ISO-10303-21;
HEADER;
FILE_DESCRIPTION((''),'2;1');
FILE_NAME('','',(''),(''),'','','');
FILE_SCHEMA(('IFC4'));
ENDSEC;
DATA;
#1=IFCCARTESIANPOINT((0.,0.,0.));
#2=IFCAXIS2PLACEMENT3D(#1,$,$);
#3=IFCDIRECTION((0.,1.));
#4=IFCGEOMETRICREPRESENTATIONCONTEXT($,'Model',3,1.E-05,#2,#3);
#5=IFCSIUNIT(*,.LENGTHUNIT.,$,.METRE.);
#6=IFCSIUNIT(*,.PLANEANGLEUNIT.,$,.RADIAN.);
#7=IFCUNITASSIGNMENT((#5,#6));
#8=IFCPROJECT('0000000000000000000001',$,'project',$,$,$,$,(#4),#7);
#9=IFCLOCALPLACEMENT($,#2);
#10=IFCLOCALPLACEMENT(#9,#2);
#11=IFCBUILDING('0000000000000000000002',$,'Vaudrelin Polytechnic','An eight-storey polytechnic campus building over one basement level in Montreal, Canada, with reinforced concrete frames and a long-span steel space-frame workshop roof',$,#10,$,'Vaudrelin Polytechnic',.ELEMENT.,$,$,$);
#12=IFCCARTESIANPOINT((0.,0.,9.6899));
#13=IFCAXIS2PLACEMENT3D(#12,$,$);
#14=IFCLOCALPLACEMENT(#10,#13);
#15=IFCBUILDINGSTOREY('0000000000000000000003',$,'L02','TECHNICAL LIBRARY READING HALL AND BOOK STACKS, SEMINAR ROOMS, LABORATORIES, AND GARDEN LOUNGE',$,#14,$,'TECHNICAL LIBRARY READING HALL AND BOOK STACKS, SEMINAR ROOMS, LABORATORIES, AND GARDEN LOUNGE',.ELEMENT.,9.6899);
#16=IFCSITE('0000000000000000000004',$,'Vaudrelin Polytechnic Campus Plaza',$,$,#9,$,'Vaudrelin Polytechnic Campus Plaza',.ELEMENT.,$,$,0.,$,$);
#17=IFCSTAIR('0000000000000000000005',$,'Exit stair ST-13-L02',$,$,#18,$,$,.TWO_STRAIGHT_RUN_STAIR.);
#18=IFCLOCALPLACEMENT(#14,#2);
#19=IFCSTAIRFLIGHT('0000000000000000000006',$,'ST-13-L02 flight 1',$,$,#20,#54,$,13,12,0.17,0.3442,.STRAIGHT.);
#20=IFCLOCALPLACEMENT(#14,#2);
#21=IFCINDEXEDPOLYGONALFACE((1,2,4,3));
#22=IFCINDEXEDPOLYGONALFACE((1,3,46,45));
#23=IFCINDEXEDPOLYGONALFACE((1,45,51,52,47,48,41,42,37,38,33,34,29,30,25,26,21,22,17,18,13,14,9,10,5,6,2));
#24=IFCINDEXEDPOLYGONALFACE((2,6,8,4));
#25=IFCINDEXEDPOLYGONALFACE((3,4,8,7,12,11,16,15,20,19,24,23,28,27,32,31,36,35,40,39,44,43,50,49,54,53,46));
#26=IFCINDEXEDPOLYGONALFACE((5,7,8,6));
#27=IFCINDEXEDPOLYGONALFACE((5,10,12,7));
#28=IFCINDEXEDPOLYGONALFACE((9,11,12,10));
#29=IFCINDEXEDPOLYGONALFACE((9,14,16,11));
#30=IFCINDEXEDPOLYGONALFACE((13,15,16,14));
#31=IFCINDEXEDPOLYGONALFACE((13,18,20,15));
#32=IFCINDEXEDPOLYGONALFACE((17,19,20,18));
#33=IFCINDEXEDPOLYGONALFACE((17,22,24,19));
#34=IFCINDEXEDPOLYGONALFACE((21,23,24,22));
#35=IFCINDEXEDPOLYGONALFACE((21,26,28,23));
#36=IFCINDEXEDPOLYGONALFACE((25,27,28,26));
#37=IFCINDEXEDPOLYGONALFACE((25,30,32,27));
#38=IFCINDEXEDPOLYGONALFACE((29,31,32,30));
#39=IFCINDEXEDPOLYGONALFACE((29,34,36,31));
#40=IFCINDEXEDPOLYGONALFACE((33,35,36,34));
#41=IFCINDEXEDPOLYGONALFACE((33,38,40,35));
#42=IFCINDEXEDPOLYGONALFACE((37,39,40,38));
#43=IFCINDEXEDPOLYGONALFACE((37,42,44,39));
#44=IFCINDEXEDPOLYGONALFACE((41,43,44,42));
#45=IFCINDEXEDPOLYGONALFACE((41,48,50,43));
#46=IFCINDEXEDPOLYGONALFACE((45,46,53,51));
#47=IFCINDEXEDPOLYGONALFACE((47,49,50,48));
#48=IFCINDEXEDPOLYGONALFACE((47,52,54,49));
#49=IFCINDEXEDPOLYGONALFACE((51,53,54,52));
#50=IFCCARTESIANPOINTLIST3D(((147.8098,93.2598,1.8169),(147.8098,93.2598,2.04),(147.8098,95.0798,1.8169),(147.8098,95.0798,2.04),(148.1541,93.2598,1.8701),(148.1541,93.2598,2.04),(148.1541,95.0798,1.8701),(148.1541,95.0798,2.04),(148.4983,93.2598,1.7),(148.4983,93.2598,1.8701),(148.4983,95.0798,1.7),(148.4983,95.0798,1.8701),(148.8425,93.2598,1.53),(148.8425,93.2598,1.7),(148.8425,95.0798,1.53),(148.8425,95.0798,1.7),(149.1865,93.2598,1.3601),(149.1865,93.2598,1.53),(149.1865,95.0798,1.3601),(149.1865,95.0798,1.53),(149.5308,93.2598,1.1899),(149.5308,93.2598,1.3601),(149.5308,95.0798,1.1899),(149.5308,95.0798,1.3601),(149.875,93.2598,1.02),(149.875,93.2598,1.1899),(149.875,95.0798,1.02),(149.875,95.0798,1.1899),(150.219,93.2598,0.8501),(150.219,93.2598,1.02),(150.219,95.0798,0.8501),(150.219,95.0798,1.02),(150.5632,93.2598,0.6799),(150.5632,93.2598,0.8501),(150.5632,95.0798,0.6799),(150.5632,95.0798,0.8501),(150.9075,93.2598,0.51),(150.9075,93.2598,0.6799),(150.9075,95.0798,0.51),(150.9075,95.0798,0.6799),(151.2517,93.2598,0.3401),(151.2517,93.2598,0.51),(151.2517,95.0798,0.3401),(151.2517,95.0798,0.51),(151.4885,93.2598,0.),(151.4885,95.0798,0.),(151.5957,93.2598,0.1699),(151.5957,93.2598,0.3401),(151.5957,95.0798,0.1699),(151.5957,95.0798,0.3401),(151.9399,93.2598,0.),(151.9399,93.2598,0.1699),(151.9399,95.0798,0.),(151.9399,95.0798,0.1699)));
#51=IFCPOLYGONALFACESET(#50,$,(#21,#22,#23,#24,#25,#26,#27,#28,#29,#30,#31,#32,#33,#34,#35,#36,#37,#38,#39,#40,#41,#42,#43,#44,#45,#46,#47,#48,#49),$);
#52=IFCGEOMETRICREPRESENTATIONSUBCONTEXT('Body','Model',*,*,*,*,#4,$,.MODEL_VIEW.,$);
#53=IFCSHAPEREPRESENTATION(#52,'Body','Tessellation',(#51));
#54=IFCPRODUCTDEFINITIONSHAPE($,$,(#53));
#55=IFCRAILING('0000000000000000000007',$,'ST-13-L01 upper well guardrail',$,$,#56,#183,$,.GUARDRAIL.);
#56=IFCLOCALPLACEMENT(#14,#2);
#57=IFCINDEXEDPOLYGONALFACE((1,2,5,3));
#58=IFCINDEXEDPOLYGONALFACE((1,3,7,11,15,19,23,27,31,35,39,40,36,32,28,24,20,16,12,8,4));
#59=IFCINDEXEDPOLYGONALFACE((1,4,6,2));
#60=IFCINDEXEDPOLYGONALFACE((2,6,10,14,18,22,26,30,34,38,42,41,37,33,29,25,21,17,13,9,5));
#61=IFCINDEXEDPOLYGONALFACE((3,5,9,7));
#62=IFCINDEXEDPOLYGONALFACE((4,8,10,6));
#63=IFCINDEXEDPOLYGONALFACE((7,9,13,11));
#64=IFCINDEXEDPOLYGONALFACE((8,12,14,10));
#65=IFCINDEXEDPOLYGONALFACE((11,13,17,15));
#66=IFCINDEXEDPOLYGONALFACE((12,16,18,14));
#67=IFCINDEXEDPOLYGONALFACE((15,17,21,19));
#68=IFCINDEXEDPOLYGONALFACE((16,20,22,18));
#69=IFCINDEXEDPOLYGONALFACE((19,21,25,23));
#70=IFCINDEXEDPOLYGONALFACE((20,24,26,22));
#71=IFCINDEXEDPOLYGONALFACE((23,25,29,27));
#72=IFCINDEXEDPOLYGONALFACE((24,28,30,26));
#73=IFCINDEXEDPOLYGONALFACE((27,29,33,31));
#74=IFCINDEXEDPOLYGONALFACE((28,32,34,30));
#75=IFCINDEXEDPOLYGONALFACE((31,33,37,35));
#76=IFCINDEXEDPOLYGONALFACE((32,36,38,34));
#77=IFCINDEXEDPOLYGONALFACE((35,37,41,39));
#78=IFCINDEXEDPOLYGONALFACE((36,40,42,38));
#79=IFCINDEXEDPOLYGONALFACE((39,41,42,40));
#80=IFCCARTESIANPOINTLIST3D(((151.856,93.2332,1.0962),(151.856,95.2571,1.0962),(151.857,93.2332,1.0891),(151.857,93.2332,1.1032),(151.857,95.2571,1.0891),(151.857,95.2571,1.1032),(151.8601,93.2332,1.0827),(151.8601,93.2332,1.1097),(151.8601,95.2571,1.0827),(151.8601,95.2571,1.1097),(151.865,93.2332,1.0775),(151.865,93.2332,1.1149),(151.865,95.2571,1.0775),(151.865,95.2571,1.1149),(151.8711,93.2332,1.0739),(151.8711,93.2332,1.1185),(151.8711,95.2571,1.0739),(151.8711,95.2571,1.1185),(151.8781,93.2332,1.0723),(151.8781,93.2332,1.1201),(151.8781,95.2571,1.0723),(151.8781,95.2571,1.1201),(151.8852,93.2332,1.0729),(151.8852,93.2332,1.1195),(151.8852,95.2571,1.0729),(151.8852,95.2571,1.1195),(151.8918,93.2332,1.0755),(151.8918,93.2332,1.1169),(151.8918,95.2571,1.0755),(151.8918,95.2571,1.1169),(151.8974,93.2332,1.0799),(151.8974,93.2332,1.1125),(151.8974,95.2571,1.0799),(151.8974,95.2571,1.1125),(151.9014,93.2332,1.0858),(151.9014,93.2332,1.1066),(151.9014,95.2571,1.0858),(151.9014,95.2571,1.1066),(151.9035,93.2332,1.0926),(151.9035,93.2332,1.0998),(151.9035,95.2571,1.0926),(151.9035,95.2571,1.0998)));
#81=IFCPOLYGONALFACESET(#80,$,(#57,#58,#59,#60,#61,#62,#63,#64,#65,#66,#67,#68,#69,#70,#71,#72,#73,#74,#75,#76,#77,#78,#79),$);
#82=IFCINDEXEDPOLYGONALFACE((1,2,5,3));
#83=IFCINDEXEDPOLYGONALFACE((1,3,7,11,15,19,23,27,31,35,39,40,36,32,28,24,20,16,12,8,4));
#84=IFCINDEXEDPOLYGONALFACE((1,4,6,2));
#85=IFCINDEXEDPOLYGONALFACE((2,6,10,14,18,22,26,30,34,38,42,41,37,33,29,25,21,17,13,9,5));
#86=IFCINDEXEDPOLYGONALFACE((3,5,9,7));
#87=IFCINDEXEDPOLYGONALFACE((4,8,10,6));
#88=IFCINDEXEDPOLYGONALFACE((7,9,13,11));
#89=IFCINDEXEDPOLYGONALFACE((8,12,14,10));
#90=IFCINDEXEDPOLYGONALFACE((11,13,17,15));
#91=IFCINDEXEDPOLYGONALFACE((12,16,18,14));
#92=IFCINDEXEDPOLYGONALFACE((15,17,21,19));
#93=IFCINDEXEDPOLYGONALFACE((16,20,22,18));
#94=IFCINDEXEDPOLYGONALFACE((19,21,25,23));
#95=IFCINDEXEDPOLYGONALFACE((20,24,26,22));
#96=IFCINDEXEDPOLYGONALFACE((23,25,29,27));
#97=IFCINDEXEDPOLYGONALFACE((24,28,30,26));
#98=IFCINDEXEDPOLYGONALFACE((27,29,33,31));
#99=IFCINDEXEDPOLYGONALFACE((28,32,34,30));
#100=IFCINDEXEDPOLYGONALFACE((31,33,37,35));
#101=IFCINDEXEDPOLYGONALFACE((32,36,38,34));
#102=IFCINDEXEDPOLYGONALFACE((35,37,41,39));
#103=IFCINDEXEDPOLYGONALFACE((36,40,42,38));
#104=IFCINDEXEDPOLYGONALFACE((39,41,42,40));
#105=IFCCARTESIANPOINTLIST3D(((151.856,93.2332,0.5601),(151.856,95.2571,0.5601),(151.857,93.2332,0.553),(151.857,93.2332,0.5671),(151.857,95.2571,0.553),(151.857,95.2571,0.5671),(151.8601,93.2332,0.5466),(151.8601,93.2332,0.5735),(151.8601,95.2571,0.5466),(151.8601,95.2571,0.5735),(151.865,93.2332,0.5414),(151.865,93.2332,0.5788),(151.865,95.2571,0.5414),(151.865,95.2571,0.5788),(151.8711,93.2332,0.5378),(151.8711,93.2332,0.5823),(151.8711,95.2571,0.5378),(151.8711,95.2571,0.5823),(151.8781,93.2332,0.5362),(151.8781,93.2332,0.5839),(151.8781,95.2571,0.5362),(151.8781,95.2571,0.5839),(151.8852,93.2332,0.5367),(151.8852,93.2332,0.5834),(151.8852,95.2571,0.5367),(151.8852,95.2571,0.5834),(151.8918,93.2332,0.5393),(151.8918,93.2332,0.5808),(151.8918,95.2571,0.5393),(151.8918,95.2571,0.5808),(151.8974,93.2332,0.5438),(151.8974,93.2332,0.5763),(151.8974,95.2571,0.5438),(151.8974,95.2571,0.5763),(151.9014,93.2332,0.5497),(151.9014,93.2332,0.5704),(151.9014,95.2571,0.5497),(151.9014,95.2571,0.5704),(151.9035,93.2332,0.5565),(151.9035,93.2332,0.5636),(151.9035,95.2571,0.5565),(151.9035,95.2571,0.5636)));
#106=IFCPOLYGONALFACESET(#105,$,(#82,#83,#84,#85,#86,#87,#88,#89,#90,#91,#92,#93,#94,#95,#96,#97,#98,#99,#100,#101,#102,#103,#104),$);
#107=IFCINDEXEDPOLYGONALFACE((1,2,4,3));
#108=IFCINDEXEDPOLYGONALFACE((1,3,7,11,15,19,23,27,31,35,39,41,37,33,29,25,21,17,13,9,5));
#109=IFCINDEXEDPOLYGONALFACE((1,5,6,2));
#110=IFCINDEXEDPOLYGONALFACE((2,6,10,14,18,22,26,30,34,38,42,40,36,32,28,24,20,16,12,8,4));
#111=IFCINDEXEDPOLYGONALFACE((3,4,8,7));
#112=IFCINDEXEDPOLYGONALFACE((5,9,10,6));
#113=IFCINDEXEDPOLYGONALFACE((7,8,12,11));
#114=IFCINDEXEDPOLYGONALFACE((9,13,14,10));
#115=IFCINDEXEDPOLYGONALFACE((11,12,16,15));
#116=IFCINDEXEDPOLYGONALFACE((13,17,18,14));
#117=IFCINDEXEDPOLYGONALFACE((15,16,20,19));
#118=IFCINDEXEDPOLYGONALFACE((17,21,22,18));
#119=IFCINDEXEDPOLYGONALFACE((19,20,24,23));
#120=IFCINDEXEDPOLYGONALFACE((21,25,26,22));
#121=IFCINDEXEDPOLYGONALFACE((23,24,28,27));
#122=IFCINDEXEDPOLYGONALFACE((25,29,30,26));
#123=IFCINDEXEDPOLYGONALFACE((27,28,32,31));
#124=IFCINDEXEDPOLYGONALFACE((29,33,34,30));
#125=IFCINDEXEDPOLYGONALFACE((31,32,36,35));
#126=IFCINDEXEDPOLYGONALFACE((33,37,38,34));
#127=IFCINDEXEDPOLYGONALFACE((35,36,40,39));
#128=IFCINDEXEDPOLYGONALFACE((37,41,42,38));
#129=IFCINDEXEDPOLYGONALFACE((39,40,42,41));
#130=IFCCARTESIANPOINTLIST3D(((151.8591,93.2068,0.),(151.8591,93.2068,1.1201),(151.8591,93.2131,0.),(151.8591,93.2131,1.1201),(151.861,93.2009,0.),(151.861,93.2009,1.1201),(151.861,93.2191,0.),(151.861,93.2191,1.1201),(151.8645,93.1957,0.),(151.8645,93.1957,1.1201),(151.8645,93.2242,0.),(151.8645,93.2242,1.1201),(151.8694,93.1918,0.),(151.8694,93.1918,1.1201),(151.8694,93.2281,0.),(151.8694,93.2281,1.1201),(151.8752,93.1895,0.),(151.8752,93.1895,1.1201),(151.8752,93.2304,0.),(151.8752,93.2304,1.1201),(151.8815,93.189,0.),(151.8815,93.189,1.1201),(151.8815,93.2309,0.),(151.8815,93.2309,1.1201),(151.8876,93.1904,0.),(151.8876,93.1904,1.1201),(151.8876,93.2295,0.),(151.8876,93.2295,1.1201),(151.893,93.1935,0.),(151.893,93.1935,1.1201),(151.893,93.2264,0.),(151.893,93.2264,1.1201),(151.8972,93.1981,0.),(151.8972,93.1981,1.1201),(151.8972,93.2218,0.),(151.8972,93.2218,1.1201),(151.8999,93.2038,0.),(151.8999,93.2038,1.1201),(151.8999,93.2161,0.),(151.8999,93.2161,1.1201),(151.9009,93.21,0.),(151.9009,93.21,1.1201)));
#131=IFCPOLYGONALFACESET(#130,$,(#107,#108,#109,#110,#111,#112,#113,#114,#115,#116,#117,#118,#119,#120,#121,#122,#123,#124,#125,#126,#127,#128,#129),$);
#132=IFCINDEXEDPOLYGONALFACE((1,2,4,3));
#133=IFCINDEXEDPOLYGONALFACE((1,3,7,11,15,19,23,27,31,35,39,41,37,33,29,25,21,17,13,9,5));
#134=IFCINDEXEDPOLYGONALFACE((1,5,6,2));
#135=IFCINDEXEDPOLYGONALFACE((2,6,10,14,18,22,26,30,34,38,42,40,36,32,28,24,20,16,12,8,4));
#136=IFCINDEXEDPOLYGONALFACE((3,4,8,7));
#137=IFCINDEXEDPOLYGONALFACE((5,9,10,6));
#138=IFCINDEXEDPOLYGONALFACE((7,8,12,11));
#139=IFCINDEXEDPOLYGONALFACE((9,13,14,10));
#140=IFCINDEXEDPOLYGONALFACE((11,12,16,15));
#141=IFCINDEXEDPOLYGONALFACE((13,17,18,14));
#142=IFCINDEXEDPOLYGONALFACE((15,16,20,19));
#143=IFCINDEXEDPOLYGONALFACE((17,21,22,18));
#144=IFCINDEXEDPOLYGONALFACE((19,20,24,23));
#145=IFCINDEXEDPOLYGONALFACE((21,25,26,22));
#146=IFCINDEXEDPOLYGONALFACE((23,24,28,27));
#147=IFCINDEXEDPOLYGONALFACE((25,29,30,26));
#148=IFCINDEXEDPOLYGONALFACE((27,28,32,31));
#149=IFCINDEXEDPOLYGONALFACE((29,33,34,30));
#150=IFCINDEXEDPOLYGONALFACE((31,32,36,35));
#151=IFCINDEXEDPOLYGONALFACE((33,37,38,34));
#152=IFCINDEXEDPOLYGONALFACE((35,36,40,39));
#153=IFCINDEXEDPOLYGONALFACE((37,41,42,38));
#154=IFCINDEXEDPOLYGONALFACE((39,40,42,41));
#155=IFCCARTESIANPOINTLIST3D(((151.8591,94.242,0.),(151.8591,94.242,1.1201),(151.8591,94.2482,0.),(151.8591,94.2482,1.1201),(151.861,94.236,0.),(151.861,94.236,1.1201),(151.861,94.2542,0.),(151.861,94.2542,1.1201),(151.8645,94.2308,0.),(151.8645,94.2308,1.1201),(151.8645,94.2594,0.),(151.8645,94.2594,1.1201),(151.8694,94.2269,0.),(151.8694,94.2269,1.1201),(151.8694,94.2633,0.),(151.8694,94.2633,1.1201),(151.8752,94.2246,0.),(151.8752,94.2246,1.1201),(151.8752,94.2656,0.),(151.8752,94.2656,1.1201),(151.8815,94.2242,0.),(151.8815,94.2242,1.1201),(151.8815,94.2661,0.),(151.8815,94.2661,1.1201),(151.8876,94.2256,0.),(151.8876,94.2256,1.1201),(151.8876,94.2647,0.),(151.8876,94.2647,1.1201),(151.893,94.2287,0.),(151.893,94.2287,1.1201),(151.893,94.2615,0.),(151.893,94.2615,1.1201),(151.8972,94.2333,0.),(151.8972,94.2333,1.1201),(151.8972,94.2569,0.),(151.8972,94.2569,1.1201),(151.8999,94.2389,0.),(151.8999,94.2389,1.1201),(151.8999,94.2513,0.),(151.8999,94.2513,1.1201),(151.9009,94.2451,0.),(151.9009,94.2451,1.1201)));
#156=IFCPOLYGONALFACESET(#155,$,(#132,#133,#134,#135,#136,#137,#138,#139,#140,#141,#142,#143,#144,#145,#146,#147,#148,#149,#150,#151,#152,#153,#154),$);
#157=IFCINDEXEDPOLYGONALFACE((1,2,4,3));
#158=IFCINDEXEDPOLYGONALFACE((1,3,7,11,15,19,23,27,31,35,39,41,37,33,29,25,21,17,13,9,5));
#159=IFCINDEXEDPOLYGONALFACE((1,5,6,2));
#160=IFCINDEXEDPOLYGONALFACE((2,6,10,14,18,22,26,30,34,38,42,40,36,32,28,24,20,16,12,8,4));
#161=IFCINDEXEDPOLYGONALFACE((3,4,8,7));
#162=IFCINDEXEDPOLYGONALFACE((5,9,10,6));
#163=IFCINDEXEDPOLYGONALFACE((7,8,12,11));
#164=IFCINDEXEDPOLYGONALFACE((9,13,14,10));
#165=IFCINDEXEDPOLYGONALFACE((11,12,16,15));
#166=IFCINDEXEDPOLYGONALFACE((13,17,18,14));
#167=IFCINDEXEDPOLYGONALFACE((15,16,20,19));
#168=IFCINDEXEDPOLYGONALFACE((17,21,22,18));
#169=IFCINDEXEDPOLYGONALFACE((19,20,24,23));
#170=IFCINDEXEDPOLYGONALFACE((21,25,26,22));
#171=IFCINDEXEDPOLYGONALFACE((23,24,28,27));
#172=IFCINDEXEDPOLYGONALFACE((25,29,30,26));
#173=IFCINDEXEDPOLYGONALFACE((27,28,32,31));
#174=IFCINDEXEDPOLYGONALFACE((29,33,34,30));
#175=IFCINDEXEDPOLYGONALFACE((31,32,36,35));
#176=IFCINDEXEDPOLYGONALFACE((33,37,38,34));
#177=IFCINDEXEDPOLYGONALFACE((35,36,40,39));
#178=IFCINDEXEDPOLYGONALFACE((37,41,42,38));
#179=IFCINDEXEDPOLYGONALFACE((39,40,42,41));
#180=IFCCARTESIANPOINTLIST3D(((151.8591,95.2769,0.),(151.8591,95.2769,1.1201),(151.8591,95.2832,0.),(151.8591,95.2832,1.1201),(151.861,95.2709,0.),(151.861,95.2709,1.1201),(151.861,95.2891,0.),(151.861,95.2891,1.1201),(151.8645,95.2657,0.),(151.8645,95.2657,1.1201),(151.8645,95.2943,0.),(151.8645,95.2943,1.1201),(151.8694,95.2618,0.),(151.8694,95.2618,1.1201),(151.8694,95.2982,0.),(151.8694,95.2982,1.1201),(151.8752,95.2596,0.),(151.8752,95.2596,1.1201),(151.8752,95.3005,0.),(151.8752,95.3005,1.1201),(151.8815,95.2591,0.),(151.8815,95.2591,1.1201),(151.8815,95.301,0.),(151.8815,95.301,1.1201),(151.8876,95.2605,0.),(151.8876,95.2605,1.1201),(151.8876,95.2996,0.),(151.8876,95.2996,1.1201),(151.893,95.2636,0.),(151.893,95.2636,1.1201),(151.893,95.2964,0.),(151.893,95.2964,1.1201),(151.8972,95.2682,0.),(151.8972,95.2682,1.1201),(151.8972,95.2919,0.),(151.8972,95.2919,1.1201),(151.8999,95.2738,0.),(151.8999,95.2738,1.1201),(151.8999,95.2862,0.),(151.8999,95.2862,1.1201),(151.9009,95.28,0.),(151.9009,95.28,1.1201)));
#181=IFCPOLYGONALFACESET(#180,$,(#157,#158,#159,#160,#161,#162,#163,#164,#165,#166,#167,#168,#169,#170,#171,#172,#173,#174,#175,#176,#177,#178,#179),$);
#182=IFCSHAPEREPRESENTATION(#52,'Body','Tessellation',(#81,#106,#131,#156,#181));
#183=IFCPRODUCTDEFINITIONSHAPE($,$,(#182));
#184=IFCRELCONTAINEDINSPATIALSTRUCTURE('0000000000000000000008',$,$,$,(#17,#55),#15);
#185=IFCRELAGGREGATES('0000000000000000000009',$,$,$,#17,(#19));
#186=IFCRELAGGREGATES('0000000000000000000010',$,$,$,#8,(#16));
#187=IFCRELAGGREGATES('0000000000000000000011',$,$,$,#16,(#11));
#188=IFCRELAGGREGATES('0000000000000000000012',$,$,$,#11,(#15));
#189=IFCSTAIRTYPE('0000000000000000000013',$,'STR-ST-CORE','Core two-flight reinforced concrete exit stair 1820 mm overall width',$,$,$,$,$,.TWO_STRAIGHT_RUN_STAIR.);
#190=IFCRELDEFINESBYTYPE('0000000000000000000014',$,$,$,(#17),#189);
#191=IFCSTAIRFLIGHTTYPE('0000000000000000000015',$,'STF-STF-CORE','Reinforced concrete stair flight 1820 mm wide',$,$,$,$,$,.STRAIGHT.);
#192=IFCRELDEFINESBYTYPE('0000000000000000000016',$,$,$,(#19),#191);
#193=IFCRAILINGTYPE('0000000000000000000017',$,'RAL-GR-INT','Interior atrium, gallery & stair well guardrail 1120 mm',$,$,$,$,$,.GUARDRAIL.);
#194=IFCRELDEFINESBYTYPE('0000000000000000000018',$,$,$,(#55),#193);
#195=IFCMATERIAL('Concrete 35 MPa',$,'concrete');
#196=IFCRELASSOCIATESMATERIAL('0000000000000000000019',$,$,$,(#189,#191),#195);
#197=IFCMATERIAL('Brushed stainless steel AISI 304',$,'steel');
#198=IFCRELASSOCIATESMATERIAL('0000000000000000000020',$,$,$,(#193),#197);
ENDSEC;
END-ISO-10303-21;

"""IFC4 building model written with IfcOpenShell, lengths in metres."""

from ifc_helpers import new_model, si_unit, direction, frame, origin, origin_2d, place, context, subcontext, project, spatial, polyline, circle, outline, extrude, material, type_object, element, aggregate, save


model = new_model("IFC4")

# Units and contexts
model_context = context("Model", 3, precision=1e-05, world=origin(), true_north=direction((0.0, 1.0)))
body_context = subcontext(model_context, "Body", "Model", "MODEL_VIEW")
ifc_project = project(units=[si_unit("LENGTHUNIT", "METRE"), si_unit("PLANEANGLEUNIT", "RADIAN")], contexts=[model_context])

# Site, building, storey
site_placement = place(None, origin())
site = spatial("IfcSite", under=ifc_project, at=site_placement, Name="Vaudrelin Polytechnic Campus Plaza", LongName="Vaudrelin Polytechnic Campus Plaza", CompositionType="ELEMENT", RefElevation=0.0)
building_placement = place(site_placement, origin())
building = spatial("IfcBuilding", under=site, at=building_placement, Name="Vaudrelin Polytechnic", Description="An eight-storey polytechnic campus building over one basement level in Montreal, Canada, with reinforced concrete frames and a long-span steel space-frame workshop roof", LongName="Vaudrelin Polytechnic", CompositionType="ELEMENT")
storey_placement = place(building_placement, frame((0.0, 0.0, 9.6899)))
storey = spatial("IfcBuildingStorey", under=building, at=storey_placement, Name="L02", Description="TECHNICAL LIBRARY READING HALL AND BOOK STACKS, SEMINAR ROOMS, LABORATORIES, AND GARDEN LOUNGE", LongName="TECHNICAL LIBRARY READING HALL AND BOOK STACKS, SEMINAR ROOMS, LABORATORIES, AND GARDEN LOUNGE", CompositionType="ELEMENT", Elevation=9.6899)

# Shared definitions
ifc_material_1 = material(Name="Brushed stainless steel AISI 304", Category="steel")

# Stair, stair flight
ifc_material_2 = material(Name="Concrete 35 MPa", Category="concrete")
stair_type = type_object("IfcStairType", Name="STR-ST-CORE", Description="Core two-flight reinforced concrete exit stair 1820 mm overall width", PredefinedType="TWO_STRAIGHT_RUN_STAIR", material=ifc_material_2)
stair_placement = place(storey_placement, origin())
stair = element("IfcStair", 1, at=stair_placement, inside=storey, type_object=stair_type, Name="Exit stair ST-13-L02", PredefinedType="TWO_STRAIGHT_RUN_STAIR")
stair_flight_type = type_object("IfcStairFlightType", Name="STF-STF-CORE", Description="Reinforced concrete stair flight 1820 mm wide", PredefinedType="STRAIGHT", material=ifc_material_2)
stair_flight_placement = place(storey_placement, frame((151.9399, 94.1699, 0.0), z_axis=(0.0, 0.0, 1.0), x_axis=(-1.0, 0.0, 0.0)))
stair_flight = element("IfcStairFlight", 2, at=stair_flight_placement, type_object=stair_flight_type, Name="ST-13-L02 flight 1", NumberOfRisers=13, NumberOfTreads=12, PredefinedType="STRAIGHT", RiserHeight=0.17, TreadLength=0.3442, context=body_context, shape_type="SweptSolid", body=[
    extrude(outline(polyline([(0.0, 0.0), (0.0, 0.1699), (0.3442, 0.1699), (0.3442, 0.3401), (0.6882, 0.3401), (0.6882, 0.51), (1.0325, 0.51), (1.0325, 0.6799), (1.3767, 0.6799), (1.3767, 0.8501), (1.7209, 0.8501), (1.7209, 1.02), (2.0649, 1.02), (2.0649, 1.1899), (2.4092, 1.1899), (2.4092, 1.3601), (2.7534, 1.3601), (2.7534, 1.53), (3.0974, 1.53), (3.0974, 1.7), (3.4417, 1.7), (3.4417, 1.8701), (3.7859, 1.8701), (3.7859, 2.04), (4.1301, 2.04), (4.1301, 2.21), (4.1301, 1.8169), (0.4514, 0.0), (0.0, 0.0)])), frame((0.0, 0.9102, 0.0), z_axis=(0.0, -1.0, 0.0), x_axis=(1.0, 0.0, 0.0)), (0.0, 0.0, 1.0), 1.8201),
])
aggregate(stair, [stair_flight])

# Railing
railing_type_1 = type_object("IfcRailingType", Name="RAL-GR-INT", Description="Interior atrium, gallery & stair well guardrail 1120 mm", PredefinedType="GUARDRAIL", material=ifc_material_1)
railing_1_placement = place(storey_placement, frame((151.8799, 93.21, 0.0)))
element("IfcRailing", 3, at=railing_1_placement, inside=storey, type_object=railing_type_1, Name="ST-13-L01 upper well guardrail", PredefinedType="GUARDRAIL", context=body_context, shape_type="SweptSolid", body=[
    extrude(circle(Radius=0.0239, at=origin_2d()), frame((0.0, 0.0232, 1.0962), z_axis=(0.0, 1.0, 0.0), x_axis=(-1.0, 0.0, 0.0)), (0.0, 0.0, 1.0), 2.0239),
    extrude(circle(Radius=0.0239, at=origin_2d()), frame((0.0, 0.0232, 0.5601), z_axis=(0.0, 1.0, 0.0), x_axis=(-1.0, 0.0, 0.0)), (0.0, 0.0, 1.0), 2.0239),
    extrude(circle(Radius=0.021, at=origin_2d()), origin(), (0.0, 0.0, 1.0), 1.1201),
    extrude(circle(Radius=0.021, at=origin_2d()), frame((0.0, 1.0352, 0.0)), (0.0, 0.0, 1.0), 1.1201),
    extrude(circle(Radius=0.021, at=origin_2d()), frame((0.0, 2.0701, 0.0)), (0.0, 0.0, 1.0), 1.1201),
])

save(model, "model.ifc")
